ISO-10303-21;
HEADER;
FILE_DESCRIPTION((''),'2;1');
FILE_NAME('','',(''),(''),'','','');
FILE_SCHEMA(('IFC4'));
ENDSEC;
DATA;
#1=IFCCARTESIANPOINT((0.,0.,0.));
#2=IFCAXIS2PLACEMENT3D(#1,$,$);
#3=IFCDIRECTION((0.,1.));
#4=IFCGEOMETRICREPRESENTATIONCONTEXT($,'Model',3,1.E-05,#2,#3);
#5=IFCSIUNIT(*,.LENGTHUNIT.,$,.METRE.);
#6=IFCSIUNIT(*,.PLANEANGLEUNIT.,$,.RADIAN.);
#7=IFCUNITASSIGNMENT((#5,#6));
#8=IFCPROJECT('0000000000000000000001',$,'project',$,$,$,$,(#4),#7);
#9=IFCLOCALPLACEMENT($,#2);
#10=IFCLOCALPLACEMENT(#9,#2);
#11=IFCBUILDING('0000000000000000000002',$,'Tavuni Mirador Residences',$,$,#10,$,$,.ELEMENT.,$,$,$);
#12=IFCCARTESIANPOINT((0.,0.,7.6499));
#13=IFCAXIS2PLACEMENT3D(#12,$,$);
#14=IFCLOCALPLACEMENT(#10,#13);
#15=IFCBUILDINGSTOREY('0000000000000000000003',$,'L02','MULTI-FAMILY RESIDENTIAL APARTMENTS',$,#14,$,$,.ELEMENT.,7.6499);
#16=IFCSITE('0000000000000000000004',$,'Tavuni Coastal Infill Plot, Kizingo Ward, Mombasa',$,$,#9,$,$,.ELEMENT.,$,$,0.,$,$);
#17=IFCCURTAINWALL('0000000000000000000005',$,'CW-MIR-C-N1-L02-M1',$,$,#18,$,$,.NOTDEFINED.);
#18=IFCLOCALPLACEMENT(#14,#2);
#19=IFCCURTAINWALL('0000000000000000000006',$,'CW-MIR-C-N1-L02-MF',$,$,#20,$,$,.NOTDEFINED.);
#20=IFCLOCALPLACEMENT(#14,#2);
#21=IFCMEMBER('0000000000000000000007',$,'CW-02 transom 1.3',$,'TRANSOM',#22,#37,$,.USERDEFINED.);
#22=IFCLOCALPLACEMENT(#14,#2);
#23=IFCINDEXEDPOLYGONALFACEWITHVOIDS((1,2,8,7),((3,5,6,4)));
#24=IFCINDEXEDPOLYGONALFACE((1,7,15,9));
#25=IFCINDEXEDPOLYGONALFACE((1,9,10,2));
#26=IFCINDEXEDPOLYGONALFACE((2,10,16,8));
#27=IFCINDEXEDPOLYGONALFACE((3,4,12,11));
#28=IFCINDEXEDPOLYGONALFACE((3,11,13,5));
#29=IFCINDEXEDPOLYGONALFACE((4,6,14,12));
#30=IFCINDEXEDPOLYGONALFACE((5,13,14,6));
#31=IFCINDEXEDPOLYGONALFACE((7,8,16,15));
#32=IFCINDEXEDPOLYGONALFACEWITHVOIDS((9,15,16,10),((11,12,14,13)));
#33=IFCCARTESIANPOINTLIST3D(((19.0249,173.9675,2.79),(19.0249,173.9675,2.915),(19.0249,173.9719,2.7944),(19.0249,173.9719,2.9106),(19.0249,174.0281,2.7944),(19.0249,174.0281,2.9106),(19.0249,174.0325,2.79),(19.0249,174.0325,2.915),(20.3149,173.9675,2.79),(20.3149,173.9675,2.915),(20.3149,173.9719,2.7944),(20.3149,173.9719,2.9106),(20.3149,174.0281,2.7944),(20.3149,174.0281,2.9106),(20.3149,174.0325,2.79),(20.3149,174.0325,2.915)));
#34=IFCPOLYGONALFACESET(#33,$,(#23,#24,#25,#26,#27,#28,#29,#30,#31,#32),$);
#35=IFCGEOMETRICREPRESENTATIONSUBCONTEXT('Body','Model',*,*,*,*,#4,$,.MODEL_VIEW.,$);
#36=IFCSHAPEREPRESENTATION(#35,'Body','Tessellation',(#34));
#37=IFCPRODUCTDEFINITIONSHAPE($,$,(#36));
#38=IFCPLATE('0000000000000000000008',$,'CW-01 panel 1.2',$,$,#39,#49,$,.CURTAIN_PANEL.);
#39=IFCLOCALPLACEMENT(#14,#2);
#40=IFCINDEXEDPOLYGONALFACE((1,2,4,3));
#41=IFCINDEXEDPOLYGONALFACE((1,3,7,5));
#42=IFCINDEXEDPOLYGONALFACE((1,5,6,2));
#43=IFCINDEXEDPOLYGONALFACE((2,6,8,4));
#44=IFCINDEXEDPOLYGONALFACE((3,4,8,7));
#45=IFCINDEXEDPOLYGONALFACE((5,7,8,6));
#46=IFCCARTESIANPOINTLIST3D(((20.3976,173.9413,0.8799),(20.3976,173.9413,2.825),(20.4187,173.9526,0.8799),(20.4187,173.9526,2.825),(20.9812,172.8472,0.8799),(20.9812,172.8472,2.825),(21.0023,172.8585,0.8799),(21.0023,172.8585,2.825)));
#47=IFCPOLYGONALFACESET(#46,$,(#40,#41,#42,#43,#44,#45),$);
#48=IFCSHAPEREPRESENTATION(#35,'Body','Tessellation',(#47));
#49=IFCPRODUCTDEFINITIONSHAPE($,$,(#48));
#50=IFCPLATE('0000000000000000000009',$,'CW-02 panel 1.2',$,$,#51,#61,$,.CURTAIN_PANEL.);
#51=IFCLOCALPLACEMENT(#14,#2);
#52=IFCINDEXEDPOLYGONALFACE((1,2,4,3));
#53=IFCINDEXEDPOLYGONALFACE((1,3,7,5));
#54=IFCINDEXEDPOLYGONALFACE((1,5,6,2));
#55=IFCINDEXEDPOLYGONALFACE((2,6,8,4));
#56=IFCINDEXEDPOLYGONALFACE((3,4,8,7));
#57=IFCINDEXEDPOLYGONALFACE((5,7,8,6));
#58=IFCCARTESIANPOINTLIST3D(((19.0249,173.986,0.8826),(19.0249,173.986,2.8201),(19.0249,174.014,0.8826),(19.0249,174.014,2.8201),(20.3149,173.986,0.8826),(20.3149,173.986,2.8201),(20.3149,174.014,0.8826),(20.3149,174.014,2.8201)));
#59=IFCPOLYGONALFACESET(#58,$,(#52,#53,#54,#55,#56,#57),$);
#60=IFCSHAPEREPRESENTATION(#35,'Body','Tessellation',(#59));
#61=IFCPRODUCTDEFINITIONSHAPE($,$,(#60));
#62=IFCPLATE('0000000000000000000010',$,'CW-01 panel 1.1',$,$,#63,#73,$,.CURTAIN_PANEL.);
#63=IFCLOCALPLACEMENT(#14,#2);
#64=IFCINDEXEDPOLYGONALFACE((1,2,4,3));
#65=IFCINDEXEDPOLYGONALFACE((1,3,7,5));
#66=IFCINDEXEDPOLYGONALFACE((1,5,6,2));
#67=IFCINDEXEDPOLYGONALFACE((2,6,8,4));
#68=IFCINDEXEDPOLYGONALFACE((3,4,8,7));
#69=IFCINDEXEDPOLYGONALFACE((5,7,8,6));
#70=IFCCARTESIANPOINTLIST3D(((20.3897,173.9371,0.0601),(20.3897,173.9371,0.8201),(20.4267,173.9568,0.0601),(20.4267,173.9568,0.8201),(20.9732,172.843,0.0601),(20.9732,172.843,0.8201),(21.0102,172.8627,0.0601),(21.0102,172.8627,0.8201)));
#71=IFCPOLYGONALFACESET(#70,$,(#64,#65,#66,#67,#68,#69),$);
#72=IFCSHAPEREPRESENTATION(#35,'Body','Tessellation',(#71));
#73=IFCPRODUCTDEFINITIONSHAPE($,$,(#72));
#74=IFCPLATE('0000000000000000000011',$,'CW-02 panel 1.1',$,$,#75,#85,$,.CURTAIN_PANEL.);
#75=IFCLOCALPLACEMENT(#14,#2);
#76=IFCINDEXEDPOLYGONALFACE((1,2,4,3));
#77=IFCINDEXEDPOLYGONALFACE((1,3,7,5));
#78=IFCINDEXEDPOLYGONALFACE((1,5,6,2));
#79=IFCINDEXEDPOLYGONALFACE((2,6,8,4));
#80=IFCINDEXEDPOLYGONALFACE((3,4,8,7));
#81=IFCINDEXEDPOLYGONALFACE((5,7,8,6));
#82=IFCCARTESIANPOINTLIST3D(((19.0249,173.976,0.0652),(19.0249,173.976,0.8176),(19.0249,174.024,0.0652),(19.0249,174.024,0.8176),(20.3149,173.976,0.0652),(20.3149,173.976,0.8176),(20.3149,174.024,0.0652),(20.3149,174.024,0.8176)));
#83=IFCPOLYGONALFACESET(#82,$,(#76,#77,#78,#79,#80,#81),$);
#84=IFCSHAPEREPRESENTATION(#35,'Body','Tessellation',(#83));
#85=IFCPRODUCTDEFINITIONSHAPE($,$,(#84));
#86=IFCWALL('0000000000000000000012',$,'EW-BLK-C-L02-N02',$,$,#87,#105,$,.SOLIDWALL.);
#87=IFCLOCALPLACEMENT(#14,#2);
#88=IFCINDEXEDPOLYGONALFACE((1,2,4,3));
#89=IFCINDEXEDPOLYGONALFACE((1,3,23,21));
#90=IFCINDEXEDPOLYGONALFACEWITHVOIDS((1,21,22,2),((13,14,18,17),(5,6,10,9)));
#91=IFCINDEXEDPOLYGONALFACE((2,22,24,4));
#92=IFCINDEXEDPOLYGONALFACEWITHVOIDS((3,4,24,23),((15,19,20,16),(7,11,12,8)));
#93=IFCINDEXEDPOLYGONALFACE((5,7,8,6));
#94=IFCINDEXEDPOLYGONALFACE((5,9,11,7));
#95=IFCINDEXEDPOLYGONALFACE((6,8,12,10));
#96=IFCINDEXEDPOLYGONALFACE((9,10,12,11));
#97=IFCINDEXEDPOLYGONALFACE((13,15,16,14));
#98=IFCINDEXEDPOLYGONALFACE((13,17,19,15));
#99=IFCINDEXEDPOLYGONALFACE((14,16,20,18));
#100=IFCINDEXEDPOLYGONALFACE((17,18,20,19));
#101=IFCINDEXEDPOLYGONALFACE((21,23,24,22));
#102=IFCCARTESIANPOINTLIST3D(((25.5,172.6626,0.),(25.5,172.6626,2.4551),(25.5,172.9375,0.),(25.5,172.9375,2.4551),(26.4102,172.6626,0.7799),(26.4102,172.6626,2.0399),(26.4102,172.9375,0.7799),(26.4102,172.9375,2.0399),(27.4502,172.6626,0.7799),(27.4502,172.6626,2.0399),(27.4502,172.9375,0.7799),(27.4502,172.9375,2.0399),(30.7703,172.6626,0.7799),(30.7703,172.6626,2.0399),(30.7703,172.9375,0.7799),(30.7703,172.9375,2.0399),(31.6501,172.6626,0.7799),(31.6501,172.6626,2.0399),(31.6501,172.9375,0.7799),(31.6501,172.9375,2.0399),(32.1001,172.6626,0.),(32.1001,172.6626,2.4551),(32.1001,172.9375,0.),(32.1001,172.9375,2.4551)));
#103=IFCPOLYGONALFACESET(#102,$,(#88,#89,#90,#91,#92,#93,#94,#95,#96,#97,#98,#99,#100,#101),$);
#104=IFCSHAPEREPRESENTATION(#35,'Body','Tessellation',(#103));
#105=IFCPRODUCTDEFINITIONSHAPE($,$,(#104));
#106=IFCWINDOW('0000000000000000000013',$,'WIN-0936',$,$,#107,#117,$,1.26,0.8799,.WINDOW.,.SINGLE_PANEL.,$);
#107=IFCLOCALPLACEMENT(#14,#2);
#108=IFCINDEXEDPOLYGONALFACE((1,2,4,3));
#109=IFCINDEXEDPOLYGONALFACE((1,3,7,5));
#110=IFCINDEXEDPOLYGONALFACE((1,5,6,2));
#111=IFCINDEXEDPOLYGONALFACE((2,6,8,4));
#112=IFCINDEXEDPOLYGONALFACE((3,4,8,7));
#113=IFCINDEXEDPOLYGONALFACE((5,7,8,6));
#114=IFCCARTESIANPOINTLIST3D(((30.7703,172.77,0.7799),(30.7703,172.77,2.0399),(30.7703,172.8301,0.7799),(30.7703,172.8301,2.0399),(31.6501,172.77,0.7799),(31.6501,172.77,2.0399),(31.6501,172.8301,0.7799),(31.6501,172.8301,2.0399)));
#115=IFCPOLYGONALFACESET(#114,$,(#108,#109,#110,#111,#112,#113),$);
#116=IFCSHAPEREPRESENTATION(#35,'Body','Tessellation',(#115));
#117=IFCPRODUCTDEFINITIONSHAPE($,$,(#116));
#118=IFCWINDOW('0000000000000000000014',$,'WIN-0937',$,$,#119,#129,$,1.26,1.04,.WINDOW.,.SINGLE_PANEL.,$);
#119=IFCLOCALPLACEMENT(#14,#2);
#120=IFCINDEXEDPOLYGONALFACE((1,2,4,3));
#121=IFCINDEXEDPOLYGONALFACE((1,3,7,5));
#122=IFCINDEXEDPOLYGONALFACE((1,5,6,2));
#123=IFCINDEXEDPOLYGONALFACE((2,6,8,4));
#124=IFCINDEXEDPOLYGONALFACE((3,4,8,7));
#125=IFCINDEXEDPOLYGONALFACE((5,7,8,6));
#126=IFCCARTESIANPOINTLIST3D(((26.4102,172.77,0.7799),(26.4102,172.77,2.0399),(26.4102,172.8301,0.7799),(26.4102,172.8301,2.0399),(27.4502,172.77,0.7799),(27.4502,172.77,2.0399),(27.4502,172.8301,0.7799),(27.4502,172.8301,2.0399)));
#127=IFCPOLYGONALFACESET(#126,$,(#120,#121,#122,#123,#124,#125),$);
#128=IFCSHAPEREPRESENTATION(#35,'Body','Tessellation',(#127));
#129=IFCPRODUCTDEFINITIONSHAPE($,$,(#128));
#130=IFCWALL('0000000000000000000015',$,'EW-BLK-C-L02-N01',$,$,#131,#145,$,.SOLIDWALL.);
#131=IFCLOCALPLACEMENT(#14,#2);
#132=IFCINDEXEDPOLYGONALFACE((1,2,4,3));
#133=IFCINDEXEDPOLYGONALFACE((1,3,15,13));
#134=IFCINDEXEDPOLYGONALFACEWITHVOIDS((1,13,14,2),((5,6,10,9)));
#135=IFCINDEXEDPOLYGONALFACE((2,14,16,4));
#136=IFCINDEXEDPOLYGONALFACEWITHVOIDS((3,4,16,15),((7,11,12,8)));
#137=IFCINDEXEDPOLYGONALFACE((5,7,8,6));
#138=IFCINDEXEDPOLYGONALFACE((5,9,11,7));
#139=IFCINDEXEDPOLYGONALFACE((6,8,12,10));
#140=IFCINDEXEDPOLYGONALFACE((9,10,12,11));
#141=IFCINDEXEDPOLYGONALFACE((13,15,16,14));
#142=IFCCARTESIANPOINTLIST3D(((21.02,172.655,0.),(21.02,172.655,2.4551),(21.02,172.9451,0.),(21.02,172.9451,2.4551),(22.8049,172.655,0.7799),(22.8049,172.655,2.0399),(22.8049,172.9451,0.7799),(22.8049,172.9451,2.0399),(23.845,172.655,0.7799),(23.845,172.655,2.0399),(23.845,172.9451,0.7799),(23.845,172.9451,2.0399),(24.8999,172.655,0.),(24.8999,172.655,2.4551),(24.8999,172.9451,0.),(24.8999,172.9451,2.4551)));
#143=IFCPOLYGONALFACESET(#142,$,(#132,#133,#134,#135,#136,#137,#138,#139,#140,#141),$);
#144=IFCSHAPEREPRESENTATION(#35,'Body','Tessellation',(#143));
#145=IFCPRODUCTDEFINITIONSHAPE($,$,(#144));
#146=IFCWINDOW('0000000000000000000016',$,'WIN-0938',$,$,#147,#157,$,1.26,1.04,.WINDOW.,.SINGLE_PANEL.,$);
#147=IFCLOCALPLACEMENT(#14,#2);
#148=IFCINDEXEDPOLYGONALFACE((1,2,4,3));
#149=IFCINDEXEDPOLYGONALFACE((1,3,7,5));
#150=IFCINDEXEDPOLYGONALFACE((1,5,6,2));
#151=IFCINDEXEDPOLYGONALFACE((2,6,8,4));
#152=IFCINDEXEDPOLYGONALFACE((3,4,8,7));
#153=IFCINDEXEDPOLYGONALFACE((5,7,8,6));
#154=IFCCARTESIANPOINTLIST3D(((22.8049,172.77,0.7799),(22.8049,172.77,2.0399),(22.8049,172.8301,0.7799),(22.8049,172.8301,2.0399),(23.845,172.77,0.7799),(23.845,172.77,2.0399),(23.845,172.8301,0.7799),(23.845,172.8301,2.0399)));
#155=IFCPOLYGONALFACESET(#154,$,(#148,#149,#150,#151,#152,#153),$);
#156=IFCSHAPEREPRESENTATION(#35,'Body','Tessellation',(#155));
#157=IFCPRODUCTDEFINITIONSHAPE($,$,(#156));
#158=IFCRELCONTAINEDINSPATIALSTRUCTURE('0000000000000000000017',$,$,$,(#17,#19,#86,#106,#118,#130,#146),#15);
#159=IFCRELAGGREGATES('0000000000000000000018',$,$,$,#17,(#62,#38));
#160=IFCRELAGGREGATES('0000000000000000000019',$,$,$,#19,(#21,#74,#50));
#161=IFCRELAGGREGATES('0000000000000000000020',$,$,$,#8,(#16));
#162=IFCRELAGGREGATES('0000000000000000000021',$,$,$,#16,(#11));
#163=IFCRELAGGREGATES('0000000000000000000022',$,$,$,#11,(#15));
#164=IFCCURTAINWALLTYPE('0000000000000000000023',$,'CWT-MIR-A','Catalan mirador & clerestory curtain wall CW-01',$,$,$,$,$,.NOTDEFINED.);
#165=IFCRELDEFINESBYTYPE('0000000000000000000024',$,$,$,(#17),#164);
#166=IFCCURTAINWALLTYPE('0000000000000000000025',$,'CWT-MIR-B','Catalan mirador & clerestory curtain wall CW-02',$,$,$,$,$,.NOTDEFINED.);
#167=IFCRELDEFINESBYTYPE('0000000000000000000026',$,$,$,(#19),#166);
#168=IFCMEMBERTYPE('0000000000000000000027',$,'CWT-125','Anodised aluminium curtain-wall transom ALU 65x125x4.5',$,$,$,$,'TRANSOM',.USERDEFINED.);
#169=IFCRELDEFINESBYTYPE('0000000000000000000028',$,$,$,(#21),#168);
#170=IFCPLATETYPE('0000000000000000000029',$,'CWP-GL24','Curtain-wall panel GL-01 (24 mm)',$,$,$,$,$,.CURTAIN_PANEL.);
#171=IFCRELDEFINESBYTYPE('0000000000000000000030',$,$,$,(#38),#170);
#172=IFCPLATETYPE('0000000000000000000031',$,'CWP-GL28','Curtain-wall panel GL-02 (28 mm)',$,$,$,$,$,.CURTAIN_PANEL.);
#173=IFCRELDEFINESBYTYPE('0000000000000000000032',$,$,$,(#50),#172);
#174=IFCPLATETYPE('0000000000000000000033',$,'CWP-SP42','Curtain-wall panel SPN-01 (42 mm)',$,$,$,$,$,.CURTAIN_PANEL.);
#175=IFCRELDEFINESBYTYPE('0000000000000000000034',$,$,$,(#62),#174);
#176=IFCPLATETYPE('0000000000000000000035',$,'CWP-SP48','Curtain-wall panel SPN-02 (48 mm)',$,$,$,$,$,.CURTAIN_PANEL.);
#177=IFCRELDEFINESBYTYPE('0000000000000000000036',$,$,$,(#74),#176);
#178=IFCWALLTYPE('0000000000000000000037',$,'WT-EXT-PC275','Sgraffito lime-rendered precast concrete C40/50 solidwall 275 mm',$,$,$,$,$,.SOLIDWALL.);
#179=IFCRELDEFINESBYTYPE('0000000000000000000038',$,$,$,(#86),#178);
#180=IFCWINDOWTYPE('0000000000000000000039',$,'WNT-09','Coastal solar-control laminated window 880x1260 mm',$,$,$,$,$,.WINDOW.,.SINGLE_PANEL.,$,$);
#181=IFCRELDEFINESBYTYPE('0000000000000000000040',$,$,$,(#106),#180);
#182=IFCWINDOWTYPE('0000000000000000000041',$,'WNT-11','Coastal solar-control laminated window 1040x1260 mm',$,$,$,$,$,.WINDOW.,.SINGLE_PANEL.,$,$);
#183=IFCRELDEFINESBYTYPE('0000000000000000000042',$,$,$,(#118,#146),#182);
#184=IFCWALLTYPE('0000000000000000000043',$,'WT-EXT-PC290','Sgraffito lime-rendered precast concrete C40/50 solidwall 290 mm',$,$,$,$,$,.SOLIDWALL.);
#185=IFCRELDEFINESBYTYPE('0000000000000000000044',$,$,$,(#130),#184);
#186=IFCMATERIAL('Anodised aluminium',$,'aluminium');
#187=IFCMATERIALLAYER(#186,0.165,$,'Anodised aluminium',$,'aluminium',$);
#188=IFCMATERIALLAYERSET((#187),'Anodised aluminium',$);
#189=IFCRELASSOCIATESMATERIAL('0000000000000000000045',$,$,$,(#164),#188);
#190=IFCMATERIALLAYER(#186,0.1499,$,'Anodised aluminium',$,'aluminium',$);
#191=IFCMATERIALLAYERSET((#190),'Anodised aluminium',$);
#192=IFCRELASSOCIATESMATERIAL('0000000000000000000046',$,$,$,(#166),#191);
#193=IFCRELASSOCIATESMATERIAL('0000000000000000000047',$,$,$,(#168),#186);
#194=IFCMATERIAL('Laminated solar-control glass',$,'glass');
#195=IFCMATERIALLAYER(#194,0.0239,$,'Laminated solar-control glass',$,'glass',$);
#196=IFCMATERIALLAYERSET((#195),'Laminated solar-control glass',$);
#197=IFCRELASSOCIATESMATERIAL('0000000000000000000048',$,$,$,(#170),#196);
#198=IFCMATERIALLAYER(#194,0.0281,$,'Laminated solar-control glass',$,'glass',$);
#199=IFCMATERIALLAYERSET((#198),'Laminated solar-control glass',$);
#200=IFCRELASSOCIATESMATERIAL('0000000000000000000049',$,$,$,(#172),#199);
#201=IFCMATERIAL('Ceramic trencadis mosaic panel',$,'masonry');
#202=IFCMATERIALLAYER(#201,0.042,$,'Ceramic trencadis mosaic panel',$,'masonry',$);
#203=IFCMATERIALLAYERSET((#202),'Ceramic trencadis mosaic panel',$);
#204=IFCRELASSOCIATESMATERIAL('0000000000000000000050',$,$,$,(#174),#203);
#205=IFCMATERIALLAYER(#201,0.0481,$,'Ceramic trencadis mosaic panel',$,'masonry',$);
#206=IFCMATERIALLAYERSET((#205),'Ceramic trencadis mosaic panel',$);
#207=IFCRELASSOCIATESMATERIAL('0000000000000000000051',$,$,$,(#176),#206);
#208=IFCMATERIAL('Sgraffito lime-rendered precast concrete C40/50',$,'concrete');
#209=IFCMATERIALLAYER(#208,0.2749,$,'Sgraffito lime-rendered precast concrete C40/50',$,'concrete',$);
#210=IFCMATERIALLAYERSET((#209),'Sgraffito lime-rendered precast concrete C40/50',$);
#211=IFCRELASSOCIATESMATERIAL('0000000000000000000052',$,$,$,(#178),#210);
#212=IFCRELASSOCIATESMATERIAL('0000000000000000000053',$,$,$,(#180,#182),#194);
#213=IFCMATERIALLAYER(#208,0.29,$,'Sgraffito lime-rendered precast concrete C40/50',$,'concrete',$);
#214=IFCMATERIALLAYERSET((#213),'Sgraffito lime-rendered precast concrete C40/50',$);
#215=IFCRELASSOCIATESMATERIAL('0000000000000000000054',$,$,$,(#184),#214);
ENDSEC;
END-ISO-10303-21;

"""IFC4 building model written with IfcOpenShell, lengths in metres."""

from ifc_helpers import new_model, si_unit, direction, frame, frame_2d, origin, origin_2d, place, context, subcontext, project, spatial, rectangle, hollow_rectangle, extrude, material, layer, layer_set, material_profile, profile_set, type_object, element, fill, aggregate, save


model = new_model("IFC4")

# Units and contexts
model_context = context("Model", 3, precision=1e-05, world=origin(), true_north=direction((0.0, 1.0)))
body_context = subcontext(model_context, "Body", "Model", "MODEL_VIEW")
ifc_project = project(units=[si_unit("LENGTHUNIT", "METRE"), si_unit("PLANEANGLEUNIT", "RADIAN")], contexts=[model_context])

# Site, building, storey
site_placement = place(None, origin())
site = spatial("IfcSite", under=ifc_project, at=site_placement, Name="Tavuni Coastal Infill Plot, Kizingo Ward, Mombasa", CompositionType="ELEMENT", RefElevation=0.0)
building_placement = place(site_placement, origin())
building = spatial("IfcBuilding", under=site, at=building_placement, Name="Tavuni Mirador Residences", CompositionType="ELEMENT")
storey_placement = place(building_placement, frame((0.0, 0.0, 7.6499)))
storey = spatial("IfcBuildingStorey", under=building, at=storey_placement, Name="L02", Description="MULTI-FAMILY RESIDENTIAL APARTMENTS", CompositionType="ELEMENT", Elevation=7.6499)

# Curtain wall
ifc_material_1 = material(Name="Anodised aluminium", Category="aluminium")
ifc_layer_1 = layer(ifc_material_1, 0.165, Name="Anodised aluminium", Category="aluminium")
ifc_layer_set_1 = layer_set([ifc_layer_1], Name="Anodised aluminium")
curtain_wall_type_1 = type_object("IfcCurtainWallType", Name="CWT-MIR-A", Description="Catalan mirador & clerestory curtain wall CW-01", PredefinedType="NOTDEFINED", material=ifc_layer_set_1)
curtain_wall_1_placement = place(storey_placement, origin())
curtain_wall_1 = element("IfcCurtainWall", 1, at=curtain_wall_1_placement, inside=storey, type_object=curtain_wall_type_1, Name="CW-MIR-C-N1-L02-M1", PredefinedType="NOTDEFINED")

# Curtain wall
ifc_layer_2 = layer(ifc_material_1, 0.1499, Name="Anodised aluminium", Category="aluminium")
ifc_layer_set_2 = layer_set([ifc_layer_2], Name="Anodised aluminium")
curtain_wall_type_2 = type_object("IfcCurtainWallType", Name="CWT-MIR-B", Description="Catalan mirador & clerestory curtain wall CW-02", PredefinedType="NOTDEFINED", material=ifc_layer_set_2)
curtain_wall_2_placement = place(storey_placement, origin())
curtain_wall_2 = element("IfcCurtainWall", 2, at=curtain_wall_2_placement, inside=storey, type_object=curtain_wall_type_2, Name="CW-MIR-C-N1-L02-MF", PredefinedType="NOTDEFINED")

# Member
ifc_material_profile_1 = material_profile(ifc_material_1, hollow_rectangle(XDim=0.0649, YDim=0.125, WallThickness=0.0044, at=origin_2d()), Name="ALU 65x125x4.5", Category="aluminium")
ifc_profile_set_1 = profile_set([ifc_material_profile_1], Name="Anodised aluminium")
member_type_1 = type_object("IfcMemberType", Name="CWT-125", Description="Anodised aluminium curtain-wall transom ALU 65x125x4.5", ElementType="TRANSOM", PredefinedType="USERDEFINED", material=ifc_profile_set_1)
member_1_placement = place(storey_placement, frame((20.3149, 174.0, 2.8525), z_axis=(-1.0, 0.0, 0.0), x_axis=(0.0, -1.0, 0.0)))
member_1 = element("IfcMember", 3, at=member_1_placement, type_object=member_type_1, Name="CW-02 transom 1.3", ObjectType="TRANSOM", PredefinedType="USERDEFINED", context=body_context, shape_type="SweptSolid", body=[
    extrude(hollow_rectangle(XDim=0.0649, YDim=0.125, WallThickness=0.0044, at=origin_2d()), origin(), (0.0, 0.0, 1.0), 1.29),
])

# Plates
ifc_material_2 = material(Name="Laminated solar-control glass", Category="glass")
ifc_layer_3 = layer(ifc_material_2, 0.0239, Name="Laminated solar-control glass", Category="glass")
ifc_layer_set_3 = layer_set([ifc_layer_3], Name="Laminated solar-control glass")
plate_type_1 = type_object("IfcPlateType", Name="CWP-GL24", Description="Curtain-wall panel GL-01 (24 mm)", PredefinedType="CURTAIN_PANEL", material=ifc_layer_set_3)
plate_1_placement = place(storey_placement, frame((20.7, 173.3999, 0.8799), z_axis=(0.0, 0.0, 1.0), x_axis=(-0.470588, 0.882353, 0.0)))
plate_1 = element("IfcPlate", 4, at=plate_1_placement, type_object=plate_type_1, Name="CW-01 panel 1.2", PredefinedType="CURTAIN_PANEL", context=body_context, shape_type="SweptSolid", body=[
    extrude(rectangle(XDim=1.24, YDim=0.0239, at=origin_2d()), origin(), (0.0, 0.0, 1.0), 1.9451),
])
ifc_layer_4 = layer(ifc_material_2, 0.0281, Name="Laminated solar-control glass", Category="glass")
ifc_layer_set_4 = layer_set([ifc_layer_4], Name="Laminated solar-control glass")
plate_type_2 = type_object("IfcPlateType", Name="CWP-GL28", Description="Curtain-wall panel GL-02 (28 mm)", PredefinedType="CURTAIN_PANEL", material=ifc_layer_set_4)
plate_2_placement = place(storey_placement, frame((19.6699, 174.0, 0.8826), z_axis=(0.0, 0.0, 1.0), x_axis=(-1.0, 0.0, 0.0)))
plate_2 = element("IfcPlate", 5, at=plate_2_placement, type_object=plate_type_2, Name="CW-02 panel 1.2", PredefinedType="CURTAIN_PANEL", context=body_context, shape_type="SweptSolid", body=[
    extrude(rectangle(XDim=1.29, YDim=0.0281, at=origin_2d()), origin(), (0.0, 0.0, 1.0), 1.9375),
])
ifc_material_3 = material(Name="Ceramic trencadis mosaic panel", Category="masonry")
ifc_layer_5 = layer(ifc_material_3, 0.042, Name="Ceramic trencadis mosaic panel", Category="masonry")
ifc_layer_set_5 = layer_set([ifc_layer_5], Name="Ceramic trencadis mosaic panel")
plate_type_3 = type_object("IfcPlateType", Name="CWP-SP42", Description="Curtain-wall panel SPN-01 (42 mm)", PredefinedType="CURTAIN_PANEL", material=ifc_layer_set_5)
plate_3_placement = place(storey_placement, frame((20.7, 173.3999, 0.0601), z_axis=(0.0, 0.0, 1.0), x_axis=(-0.470588, 0.882353, 0.0)))
plate_3 = element("IfcPlate", 6, at=plate_3_placement, type_object=plate_type_3, Name="CW-01 panel 1.1", PredefinedType="CURTAIN_PANEL", context=body_context, shape_type="SweptSolid", body=[
    extrude(rectangle(XDim=1.24, YDim=0.042, at=origin_2d()), origin(), (0.0, 0.0, 1.0), 0.76),
])
aggregate(curtain_wall_1, [plate_3, plate_1])
ifc_layer_6 = layer(ifc_material_3, 0.0481, Name="Ceramic trencadis mosaic panel", Category="masonry")
ifc_layer_set_6 = layer_set([ifc_layer_6], Name="Ceramic trencadis mosaic panel")
plate_type_4 = type_object("IfcPlateType", Name="CWP-SP48", Description="Curtain-wall panel SPN-02 (48 mm)", PredefinedType="CURTAIN_PANEL", material=ifc_layer_set_6)
plate_4_placement = place(storey_placement, frame((19.6699, 174.0, 0.0652), z_axis=(0.0, 0.0, 1.0), x_axis=(-1.0, 0.0, 0.0)))
plate_4 = element("IfcPlate", 7, at=plate_4_placement, type_object=plate_type_4, Name="CW-02 panel 1.1", PredefinedType="CURTAIN_PANEL", context=body_context, shape_type="SweptSolid", body=[
    extrude(rectangle(XDim=1.29, YDim=0.0481, at=origin_2d()), origin(), (0.0, 0.0, 1.0), 0.7524),
])
aggregate(curtain_wall_2, [member_1, plate_4, plate_2])

# Wall, openings, windows
ifc_material_4 = material(Name="Sgraffito lime-rendered precast concrete C40/50", Category="concrete")
ifc_layer_7 = layer(ifc_material_4, 0.2749, Name="Sgraffito lime-rendered precast concrete C40/50", Category="concrete")
ifc_layer_set_7 = layer_set([ifc_layer_7], Name="Sgraffito lime-rendered precast concrete C40/50")
wall_type_1 = type_object("IfcWallType", Name="WT-EXT-PC275", Description="Sgraffito lime-rendered precast concrete C40/50 solidwall 275 mm", PredefinedType="SOLIDWALL", material=ifc_layer_set_7)
wall_1_placement = place(storey_placement, frame((32.1001, 172.8, 0.0), z_axis=(0.0, 0.0, 1.0), x_axis=(-1.0, 0.0, 0.0)))
wall_1 = element("IfcWall", 8, at=wall_1_placement, inside=storey, type_object=wall_type_1, Name="EW-BLK-C-L02-N02", PredefinedType="SOLIDWALL", context=body_context, shape_type="SweptSolid", body=[
    extrude(rectangle(XDim=6.6001, YDim=0.2749, at=frame_2d((3.3, 0.0))), origin(), (0.0, 0.0, 1.0), 2.4551),
])
opening_1_placement = place(wall_1_placement, frame((0.45, 0.0, 0.78)))
opening_1 = element("IfcOpeningElement", 9, at=opening_1_placement, cuts=wall_1, PredefinedType="OPENING", context=body_context, shape_type="SweptSolid", body=[
    extrude(rectangle(XDim=0.8799, YDim=1.26, at=frame_2d((0.4399, 0.6299))), frame((0.0, 0.1475, 0.0), z_axis=(0.0, -1.0, 0.0), x_axis=(1.0, 0.0, 0.0)), (0.0, 0.0, 1.0), 0.2949),
])
opening_2_placement = place(wall_1_placement, frame((4.6499, 0.0, 0.78)))
opening_2 = element("IfcOpeningElement", 10, at=opening_2_placement, cuts=wall_1, PredefinedType="OPENING", context=body_context, shape_type="SweptSolid", body=[
    extrude(rectangle(XDim=1.04, YDim=1.26, at=frame_2d((0.52, 0.6299))), frame((0.0, 0.1475, 0.0), z_axis=(0.0, -1.0, 0.0), x_axis=(1.0, 0.0, 0.0)), (0.0, 0.0, 1.0), 0.2949),
])
window_type_1 = type_object("IfcWindowType", Name="WNT-09", Description="Coastal solar-control laminated window 880x1260 mm", PartitioningType="SINGLE_PANEL", PredefinedType="WINDOW", material=ifc_material_2)
window_1_placement = place(opening_1_placement, origin())
window_1 = element("IfcWindow", 11, at=window_1_placement, inside=storey, type_object=window_type_1, Name="WIN-0936", OverallHeight=1.26, OverallWidth=0.8799, PartitioningType="SINGLE_PANEL", PredefinedType="WINDOW", context=body_context, shape_type="SweptSolid", body=[
    extrude(rectangle(XDim=0.8799, YDim=1.26, at=frame_2d((0.4399, 0.6299))), frame((0.0, 0.03, 0.0), z_axis=(0.0, -1.0, 0.0), x_axis=(1.0, 0.0, 0.0)), (0.0, 0.0, 1.0), 0.0601),
])
fill(opening_1, window_1)
window_type_2 = type_object("IfcWindowType", Name="WNT-11", Description="Coastal solar-control laminated window 1040x1260 mm", PartitioningType="SINGLE_PANEL", PredefinedType="WINDOW", material=ifc_material_2)
window_2_placement = place(opening_2_placement, origin())
window_2 = element("IfcWindow", 12, at=window_2_placement, inside=storey, type_object=window_type_2, Name="WIN-0937", OverallHeight=1.26, OverallWidth=1.04, PartitioningType="SINGLE_PANEL", PredefinedType="WINDOW", context=body_context, shape_type="SweptSolid", body=[
    extrude(rectangle(XDim=1.04, YDim=1.26, at=frame_2d((0.52, 0.6299))), frame((0.0, 0.03, 0.0), z_axis=(0.0, -1.0, 0.0), x_axis=(1.0, 0.0, 0.0)), (0.0, 0.0, 1.0), 0.0601),
])
fill(opening_2, window_2)

# Wall, opening, window
ifc_layer_8 = layer(ifc_material_4, 0.29, Name="Sgraffito lime-rendered precast concrete C40/50", Category="concrete")
ifc_layer_set_8 = layer_set([ifc_layer_8], Name="Sgraffito lime-rendered precast concrete C40/50")
wall_type_2 = type_object("IfcWallType", Name="WT-EXT-PC290", Description="Sgraffito lime-rendered precast concrete C40/50 solidwall 290 mm", PredefinedType="SOLIDWALL", material=ifc_layer_set_8)
wall_2_placement = place(storey_placement, frame((24.8999, 172.8, 0.0), z_axis=(0.0, 0.0, 1.0), x_axis=(-1.0, 0.0, 0.0)))
wall_2 = element("IfcWall", 13, at=wall_2_placement, inside=storey, type_object=wall_type_2, Name="EW-BLK-C-L02-N01", PredefinedType="SOLIDWALL", context=body_context, shape_type="SweptSolid", body=[
    extrude(rectangle(XDim=3.8799, YDim=0.29, at=frame_2d((1.9399, 0.0))), origin(), (0.0, 0.0, 1.0), 2.4551),
])
opening_3_placement = place(wall_2_placement, frame((1.0549, 0.0, 0.78)))
opening_3 = element("IfcOpeningElement", 14, at=opening_3_placement, cuts=wall_2, PredefinedType="OPENING", context=body_context, shape_type="SweptSolid", body=[
    extrude(rectangle(XDim=1.04, YDim=1.26, at=frame_2d((0.52, 0.6299))), frame((0.0, 0.155, 0.0), z_axis=(0.0, -1.0, 0.0), x_axis=(1.0, 0.0, 0.0)), (0.0, 0.0, 1.0), 0.3101),
])
window_3_placement = place(opening_3_placement, origin())
window_3 = element("IfcWindow", 15, at=window_3_placement, inside=storey, type_object=window_type_2, Name="WIN-0938", OverallHeight=1.26, OverallWidth=1.04, PartitioningType="SINGLE_PANEL", PredefinedType="WINDOW", context=body_context, shape_type="SweptSolid", body=[
    extrude(rectangle(XDim=1.04, YDim=1.26, at=frame_2d((0.52, 0.6299))), frame((0.0, 0.03, 0.0), z_axis=(0.0, -1.0, 0.0), x_axis=(1.0, 0.0, 0.0)), (0.0, 0.0, 1.0), 0.0601),
])
fill(opening_3, window_3)

save(model, "model.ifc")
